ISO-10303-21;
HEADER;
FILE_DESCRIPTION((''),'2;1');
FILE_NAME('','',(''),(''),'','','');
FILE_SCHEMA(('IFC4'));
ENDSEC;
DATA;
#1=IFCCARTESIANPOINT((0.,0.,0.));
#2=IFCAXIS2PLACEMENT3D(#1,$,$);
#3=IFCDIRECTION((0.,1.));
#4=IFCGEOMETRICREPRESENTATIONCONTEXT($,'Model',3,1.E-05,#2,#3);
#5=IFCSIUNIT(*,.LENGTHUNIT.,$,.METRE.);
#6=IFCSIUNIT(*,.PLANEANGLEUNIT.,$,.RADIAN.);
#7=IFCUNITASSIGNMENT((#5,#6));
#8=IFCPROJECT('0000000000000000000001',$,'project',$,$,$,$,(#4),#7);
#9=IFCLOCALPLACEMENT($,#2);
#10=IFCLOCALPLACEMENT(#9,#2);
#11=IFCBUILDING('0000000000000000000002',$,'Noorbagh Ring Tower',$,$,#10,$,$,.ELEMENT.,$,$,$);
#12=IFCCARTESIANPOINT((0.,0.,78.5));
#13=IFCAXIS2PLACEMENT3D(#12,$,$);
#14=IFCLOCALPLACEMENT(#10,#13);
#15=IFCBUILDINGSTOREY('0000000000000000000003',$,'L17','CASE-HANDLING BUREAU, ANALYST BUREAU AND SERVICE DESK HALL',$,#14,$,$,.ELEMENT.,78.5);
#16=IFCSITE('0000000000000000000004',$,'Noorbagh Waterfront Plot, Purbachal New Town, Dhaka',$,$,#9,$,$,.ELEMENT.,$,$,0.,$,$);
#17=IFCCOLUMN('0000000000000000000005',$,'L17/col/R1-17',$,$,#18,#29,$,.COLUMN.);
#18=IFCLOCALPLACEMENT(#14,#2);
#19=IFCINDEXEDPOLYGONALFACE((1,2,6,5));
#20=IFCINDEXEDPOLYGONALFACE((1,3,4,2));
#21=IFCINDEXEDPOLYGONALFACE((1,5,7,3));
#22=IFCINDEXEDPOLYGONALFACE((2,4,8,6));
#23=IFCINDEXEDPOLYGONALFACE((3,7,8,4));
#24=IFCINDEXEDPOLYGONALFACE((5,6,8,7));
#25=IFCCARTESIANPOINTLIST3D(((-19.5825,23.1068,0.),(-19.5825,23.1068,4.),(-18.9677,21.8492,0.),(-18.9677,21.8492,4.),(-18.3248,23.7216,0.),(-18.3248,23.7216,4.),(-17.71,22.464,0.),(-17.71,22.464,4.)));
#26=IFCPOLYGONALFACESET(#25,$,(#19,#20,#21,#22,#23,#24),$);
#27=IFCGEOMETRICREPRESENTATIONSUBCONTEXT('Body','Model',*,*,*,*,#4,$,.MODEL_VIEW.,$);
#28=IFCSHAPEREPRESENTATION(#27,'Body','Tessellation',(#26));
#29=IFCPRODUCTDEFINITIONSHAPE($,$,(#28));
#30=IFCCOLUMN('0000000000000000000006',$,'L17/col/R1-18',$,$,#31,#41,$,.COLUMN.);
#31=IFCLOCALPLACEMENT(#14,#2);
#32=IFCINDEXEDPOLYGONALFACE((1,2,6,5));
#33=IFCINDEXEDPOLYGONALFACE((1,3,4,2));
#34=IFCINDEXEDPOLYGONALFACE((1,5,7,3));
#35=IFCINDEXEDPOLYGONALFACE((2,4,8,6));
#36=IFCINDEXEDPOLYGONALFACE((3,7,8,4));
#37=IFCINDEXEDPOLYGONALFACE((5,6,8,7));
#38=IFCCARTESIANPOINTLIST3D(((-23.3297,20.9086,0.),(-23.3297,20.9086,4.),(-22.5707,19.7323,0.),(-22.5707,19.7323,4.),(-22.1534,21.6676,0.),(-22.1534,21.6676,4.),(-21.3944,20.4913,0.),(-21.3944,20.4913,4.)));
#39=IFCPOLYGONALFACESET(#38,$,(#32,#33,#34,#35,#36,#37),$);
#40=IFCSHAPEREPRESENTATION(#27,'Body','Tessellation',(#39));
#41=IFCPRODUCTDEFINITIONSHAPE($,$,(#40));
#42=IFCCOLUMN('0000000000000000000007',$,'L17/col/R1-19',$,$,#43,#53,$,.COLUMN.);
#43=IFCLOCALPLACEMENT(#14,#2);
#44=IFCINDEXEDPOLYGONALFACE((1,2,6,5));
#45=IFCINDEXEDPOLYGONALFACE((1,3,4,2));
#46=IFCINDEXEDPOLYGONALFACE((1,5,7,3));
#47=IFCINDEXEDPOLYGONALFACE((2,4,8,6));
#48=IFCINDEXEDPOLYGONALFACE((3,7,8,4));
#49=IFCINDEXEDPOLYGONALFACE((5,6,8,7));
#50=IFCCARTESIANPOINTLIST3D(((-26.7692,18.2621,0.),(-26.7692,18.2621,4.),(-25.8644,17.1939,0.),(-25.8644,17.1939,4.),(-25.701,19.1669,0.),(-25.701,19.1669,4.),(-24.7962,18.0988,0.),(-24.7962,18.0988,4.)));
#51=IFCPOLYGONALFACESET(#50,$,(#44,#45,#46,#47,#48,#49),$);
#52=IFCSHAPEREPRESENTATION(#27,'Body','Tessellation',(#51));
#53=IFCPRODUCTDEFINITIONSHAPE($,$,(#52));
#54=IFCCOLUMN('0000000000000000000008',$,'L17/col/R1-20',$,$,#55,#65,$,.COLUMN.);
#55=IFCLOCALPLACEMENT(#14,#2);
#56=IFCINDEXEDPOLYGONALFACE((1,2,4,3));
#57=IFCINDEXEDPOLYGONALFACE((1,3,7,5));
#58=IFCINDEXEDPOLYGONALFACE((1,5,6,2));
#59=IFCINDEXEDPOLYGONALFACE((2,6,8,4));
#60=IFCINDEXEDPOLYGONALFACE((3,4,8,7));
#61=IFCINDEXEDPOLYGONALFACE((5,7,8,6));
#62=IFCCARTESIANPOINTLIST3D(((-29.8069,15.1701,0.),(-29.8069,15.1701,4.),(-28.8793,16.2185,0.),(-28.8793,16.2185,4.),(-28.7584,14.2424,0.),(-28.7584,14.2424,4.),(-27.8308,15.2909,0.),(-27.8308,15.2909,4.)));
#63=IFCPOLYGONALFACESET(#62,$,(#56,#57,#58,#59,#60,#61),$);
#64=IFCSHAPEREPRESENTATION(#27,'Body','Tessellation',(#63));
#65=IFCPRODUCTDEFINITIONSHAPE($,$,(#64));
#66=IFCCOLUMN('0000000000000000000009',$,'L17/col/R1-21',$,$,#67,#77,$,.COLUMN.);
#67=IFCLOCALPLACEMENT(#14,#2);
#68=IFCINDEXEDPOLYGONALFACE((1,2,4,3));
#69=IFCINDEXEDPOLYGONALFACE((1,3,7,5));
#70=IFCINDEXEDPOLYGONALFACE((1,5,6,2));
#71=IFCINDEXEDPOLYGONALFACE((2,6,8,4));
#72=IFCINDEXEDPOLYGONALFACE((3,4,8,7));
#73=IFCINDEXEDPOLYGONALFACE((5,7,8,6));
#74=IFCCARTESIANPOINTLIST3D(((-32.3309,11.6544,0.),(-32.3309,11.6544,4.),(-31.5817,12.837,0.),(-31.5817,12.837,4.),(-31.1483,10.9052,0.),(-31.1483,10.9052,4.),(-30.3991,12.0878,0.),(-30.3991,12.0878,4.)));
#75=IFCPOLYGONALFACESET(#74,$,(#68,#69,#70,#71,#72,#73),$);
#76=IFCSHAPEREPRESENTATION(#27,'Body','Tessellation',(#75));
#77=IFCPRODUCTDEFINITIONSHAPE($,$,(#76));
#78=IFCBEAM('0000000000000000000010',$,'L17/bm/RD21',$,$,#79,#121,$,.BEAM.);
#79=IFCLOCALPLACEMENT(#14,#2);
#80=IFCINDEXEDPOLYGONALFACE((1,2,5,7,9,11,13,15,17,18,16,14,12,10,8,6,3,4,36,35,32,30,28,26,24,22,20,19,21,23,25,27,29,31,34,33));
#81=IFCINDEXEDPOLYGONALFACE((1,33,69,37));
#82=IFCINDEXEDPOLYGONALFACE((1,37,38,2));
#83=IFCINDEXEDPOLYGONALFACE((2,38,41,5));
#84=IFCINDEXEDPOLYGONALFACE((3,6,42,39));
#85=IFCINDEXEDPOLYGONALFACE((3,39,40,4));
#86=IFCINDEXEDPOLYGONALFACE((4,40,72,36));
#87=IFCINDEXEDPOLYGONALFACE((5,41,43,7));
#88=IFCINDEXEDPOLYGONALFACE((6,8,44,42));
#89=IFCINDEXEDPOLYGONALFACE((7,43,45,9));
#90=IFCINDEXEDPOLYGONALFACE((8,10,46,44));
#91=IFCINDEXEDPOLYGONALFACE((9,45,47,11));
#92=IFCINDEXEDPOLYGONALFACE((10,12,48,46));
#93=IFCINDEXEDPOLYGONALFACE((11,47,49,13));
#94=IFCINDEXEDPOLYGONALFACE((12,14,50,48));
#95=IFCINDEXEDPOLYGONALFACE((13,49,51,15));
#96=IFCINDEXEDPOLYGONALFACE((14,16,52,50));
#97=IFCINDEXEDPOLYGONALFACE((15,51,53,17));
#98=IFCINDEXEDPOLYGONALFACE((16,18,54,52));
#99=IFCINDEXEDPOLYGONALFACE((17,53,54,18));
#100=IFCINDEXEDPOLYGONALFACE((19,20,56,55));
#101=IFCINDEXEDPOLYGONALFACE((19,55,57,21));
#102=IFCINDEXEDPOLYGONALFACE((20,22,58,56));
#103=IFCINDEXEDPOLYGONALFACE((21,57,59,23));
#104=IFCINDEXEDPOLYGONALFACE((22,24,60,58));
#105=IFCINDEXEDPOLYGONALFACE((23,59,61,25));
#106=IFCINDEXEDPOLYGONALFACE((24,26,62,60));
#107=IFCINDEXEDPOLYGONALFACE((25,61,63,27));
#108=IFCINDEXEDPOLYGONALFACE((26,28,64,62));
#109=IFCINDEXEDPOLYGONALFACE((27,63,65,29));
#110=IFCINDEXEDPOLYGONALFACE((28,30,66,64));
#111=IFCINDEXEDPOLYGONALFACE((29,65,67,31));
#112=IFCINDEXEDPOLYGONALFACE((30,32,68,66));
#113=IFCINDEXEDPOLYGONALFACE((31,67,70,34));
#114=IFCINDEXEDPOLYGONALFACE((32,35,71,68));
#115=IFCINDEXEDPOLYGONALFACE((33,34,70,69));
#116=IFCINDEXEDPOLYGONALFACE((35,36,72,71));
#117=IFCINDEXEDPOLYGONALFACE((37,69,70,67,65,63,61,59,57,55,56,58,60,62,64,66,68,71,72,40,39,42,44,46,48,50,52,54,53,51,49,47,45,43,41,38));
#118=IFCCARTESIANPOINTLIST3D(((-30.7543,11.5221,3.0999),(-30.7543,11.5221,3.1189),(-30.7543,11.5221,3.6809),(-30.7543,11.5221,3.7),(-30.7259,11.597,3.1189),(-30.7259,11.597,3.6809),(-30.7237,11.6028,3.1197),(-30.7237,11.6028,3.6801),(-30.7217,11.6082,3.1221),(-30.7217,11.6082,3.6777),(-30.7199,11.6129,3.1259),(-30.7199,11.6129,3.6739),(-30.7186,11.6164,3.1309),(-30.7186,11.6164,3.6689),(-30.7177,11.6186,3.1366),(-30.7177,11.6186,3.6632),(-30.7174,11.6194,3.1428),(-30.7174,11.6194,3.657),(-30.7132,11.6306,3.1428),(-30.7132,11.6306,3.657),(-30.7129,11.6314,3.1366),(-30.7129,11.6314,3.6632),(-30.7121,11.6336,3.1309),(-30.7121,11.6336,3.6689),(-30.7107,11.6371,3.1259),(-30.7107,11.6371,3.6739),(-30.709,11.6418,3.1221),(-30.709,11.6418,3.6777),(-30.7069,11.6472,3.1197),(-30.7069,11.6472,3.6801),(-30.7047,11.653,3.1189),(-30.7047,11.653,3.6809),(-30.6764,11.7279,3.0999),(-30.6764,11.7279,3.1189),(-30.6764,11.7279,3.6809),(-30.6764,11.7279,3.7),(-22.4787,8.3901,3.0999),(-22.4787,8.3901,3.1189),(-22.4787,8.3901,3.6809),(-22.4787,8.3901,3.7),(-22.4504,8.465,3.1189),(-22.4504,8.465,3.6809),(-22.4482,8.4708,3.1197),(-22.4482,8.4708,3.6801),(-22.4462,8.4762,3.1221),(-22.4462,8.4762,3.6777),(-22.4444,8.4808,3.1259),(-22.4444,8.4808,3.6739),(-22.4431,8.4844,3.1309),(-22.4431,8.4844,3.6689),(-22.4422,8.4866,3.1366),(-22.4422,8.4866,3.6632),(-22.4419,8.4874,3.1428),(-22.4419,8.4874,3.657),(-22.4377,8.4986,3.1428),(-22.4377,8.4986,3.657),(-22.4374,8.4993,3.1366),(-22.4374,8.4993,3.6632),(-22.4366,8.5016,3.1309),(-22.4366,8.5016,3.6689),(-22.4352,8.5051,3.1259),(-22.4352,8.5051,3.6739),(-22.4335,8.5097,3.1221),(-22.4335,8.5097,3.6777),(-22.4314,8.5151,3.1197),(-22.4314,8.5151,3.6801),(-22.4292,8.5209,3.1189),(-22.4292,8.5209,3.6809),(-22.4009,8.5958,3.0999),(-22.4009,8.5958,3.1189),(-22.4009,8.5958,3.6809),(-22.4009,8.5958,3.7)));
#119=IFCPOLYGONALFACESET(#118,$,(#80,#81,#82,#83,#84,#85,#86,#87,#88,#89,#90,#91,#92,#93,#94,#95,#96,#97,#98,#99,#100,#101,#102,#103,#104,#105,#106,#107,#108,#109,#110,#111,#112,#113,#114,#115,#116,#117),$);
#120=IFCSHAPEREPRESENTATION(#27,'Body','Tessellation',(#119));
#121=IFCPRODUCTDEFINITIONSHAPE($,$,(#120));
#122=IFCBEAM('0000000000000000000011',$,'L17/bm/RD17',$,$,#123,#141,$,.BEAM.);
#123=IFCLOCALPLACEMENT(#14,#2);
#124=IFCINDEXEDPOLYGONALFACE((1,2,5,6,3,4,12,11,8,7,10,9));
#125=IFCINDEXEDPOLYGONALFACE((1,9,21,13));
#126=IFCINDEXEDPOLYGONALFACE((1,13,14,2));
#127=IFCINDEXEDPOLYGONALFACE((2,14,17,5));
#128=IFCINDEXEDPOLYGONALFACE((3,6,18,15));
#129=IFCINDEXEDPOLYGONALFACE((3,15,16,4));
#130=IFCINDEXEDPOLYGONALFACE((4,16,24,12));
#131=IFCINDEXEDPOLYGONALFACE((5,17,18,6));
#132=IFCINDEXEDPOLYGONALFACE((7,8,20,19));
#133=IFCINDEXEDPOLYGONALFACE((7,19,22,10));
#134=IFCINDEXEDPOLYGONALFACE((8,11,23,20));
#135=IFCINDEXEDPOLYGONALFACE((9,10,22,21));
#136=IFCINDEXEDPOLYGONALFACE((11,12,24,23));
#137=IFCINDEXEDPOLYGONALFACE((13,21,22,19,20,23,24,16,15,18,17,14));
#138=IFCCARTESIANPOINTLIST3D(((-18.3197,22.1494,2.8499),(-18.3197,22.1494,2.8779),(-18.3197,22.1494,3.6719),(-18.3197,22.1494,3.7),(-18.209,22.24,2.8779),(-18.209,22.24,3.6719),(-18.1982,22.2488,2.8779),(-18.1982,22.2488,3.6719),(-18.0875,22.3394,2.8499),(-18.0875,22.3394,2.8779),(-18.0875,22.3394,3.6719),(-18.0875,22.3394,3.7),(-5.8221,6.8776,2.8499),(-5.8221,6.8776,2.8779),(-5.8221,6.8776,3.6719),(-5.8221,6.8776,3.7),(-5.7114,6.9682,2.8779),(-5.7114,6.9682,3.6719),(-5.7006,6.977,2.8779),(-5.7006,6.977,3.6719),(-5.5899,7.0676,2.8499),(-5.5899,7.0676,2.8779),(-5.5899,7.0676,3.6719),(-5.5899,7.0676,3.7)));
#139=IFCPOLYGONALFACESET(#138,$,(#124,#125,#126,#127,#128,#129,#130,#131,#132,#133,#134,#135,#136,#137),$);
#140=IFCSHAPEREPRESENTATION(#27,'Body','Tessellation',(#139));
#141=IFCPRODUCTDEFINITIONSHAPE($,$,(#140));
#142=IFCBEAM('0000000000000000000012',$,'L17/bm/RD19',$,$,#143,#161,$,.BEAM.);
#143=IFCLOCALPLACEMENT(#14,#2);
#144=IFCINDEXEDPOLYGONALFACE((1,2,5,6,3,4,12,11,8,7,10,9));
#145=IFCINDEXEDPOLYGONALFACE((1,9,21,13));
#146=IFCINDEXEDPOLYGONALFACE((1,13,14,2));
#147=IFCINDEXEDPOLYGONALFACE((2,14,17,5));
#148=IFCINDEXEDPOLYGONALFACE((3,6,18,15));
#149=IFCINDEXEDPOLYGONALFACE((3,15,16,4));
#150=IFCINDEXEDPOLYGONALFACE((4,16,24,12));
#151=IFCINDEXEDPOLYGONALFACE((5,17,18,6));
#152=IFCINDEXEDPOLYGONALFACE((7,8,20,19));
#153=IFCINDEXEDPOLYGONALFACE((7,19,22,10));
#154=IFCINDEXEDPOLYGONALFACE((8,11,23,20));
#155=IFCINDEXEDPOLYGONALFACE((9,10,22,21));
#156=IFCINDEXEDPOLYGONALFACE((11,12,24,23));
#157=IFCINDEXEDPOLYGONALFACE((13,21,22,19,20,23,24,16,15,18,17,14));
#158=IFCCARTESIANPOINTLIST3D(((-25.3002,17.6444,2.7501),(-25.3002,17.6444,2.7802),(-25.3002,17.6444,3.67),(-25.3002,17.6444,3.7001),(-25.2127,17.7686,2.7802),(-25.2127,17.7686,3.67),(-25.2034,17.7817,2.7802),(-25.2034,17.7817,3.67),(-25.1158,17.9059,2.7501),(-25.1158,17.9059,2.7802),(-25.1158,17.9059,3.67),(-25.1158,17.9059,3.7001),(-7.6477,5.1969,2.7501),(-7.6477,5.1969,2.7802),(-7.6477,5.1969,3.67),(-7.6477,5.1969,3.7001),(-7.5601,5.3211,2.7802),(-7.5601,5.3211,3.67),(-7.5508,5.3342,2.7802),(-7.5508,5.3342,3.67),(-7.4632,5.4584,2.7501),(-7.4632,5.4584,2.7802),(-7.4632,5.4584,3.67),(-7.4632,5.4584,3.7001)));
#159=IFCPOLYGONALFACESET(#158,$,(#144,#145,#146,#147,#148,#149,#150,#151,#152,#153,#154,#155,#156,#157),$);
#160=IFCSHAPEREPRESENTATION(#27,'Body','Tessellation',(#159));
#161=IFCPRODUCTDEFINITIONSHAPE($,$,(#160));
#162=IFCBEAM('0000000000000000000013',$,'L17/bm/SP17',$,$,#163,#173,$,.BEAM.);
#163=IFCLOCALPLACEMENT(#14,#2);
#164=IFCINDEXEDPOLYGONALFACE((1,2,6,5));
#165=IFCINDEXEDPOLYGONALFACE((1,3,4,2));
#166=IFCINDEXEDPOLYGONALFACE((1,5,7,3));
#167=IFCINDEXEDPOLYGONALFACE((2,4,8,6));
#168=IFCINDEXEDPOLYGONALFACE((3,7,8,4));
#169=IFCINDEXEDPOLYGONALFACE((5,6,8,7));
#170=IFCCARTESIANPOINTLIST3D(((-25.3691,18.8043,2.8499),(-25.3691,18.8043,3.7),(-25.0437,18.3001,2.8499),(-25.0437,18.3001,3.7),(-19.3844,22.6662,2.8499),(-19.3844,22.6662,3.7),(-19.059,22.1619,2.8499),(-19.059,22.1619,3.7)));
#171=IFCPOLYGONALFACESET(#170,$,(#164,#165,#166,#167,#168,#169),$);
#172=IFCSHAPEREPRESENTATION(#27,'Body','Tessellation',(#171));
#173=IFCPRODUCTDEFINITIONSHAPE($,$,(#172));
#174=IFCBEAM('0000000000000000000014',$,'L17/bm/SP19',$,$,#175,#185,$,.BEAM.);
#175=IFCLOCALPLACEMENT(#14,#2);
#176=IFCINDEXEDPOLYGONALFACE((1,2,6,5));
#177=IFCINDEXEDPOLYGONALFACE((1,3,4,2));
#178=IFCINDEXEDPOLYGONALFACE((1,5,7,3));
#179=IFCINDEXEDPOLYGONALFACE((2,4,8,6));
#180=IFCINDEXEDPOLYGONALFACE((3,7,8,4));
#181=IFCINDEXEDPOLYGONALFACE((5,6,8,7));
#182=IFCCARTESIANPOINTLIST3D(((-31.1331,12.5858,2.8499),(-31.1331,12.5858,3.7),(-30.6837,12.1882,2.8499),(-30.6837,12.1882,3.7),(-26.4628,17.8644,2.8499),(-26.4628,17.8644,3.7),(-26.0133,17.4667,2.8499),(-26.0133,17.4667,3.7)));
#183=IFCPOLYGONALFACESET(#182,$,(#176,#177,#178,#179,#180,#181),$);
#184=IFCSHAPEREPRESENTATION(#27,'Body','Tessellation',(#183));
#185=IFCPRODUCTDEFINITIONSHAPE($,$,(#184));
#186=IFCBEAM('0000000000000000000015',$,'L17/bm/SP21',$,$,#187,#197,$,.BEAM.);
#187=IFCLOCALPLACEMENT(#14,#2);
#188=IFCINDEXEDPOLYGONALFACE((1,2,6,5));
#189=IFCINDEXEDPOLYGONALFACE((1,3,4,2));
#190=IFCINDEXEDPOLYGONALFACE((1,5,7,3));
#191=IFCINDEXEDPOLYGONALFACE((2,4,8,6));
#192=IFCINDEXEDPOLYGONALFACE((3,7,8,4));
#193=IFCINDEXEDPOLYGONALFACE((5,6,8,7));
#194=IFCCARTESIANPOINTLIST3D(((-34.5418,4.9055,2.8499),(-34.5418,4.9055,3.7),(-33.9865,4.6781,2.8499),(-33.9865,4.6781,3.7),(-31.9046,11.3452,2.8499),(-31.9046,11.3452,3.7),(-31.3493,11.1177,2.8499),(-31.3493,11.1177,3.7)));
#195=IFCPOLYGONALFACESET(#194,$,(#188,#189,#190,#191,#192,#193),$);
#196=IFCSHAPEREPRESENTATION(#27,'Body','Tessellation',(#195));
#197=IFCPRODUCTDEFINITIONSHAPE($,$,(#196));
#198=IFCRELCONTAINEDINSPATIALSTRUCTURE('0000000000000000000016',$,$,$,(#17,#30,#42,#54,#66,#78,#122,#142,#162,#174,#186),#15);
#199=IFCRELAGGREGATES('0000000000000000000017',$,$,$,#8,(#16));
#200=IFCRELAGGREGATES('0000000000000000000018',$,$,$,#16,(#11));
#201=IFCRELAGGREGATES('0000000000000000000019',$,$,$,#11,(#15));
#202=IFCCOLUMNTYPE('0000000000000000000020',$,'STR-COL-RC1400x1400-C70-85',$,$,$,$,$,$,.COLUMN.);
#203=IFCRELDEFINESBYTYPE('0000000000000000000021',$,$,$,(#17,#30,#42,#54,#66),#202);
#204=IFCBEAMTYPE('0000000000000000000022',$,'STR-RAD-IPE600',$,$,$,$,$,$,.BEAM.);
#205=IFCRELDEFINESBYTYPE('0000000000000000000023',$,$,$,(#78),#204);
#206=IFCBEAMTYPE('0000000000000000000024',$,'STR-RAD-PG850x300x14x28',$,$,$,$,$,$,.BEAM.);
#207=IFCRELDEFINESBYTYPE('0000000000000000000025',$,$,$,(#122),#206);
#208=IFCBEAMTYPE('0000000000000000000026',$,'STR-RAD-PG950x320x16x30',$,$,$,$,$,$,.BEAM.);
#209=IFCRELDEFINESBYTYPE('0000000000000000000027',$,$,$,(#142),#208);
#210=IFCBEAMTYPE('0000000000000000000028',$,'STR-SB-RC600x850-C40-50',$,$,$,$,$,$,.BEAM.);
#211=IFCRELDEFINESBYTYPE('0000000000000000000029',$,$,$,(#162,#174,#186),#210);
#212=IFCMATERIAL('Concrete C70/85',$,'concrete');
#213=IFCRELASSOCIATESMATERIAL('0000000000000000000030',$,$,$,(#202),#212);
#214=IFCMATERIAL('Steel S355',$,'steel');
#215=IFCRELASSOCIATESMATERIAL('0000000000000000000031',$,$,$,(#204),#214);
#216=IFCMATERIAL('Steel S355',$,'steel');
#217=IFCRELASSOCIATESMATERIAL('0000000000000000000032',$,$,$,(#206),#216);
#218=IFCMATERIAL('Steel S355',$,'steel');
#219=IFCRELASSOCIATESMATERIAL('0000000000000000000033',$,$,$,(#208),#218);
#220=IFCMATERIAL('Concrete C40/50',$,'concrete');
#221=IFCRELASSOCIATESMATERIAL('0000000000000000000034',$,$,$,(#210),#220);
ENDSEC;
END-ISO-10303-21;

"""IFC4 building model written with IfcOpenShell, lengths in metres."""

from ifc_helpers import new_model, si_unit, direction, frame, origin, origin_2d, place, context, subcontext, project, spatial, rectangle, i_section, extrude, material, material_profile, profile_set, type_object, element, save


model = new_model("IFC4")

# Units and contexts
model_context = context("Model", 3, precision=1e-05, world=origin(), true_north=direction((0.0, 1.0)))
body_context = subcontext(model_context, "Body", "Model", "MODEL_VIEW")
ifc_project = project(units=[si_unit("LENGTHUNIT", "METRE"), si_unit("PLANEANGLEUNIT", "RADIAN")], contexts=[model_context])

# Site, building, storey
site_placement = place(None, origin())
site = spatial("IfcSite", under=ifc_project, at=site_placement, Name="Noorbagh Waterfront Plot, Purbachal New Town, Dhaka", CompositionType="ELEMENT", RefElevation=0.0)
building_placement = place(site_placement, origin())
building = spatial("IfcBuilding", under=site, at=building_placement, Name="Noorbagh Ring Tower", CompositionType="ELEMENT")
storey_placement = place(building_placement, frame((0.0, 0.0, 78.5)))
storey = spatial("IfcBuildingStorey", under=building, at=storey_placement, Name="L17", Description="CASE-HANDLING BUREAU, ANALYST BUREAU AND SERVICE DESK HALL", CompositionType="ELEMENT", Elevation=78.5)

# Columns
ifc_material_1 = material(Name="Concrete C70/85", Category="concrete")
ifc_material_profile_1 = material_profile(ifc_material_1, rectangle(XDim=1.3999, YDim=1.3999, at=origin_2d()), Name="RC1400x1400")
ifc_profile_set_1 = profile_set([ifc_material_profile_1], Name="Concrete C70/85")
column_type = type_object("IfcColumnType", Name="STR-COL-RC1400x1400-C70-85", PredefinedType="COLUMN", material=ifc_profile_set_1)
for number, where, z_axis, x_axis, name in (
    (1, (-18.6462, 22.7854, 0.0), (0.0, 0.0, 1.0), (-0.898399, -0.43918, 0.0), "L17/col/R1-17"),
    (2, (-22.3621, 20.7, 0.0), (0.0, 0.0, 1.0), (-0.840248, -0.542203, 0.0), "L17/col/R1-18"),
    (3, (-25.7827, 18.1804, 0.0), (0.0, 0.0, 1.0), (-0.763035, -0.646357, 0.0), "L17/col/R1-19"),
    (4, (-28.8188, 15.2305, 0.0), (0.0, 0.0, 1.0), (-0.662636, -0.748942, 0.0), "L17/col/R1-20"),
    (5, (-31.365, 11.8711, 0.0), (0.0, 0.0, 1.0), (-0.53519, -0.844731, 0.0), "L17/col/R1-21"),
):
    element("IfcColumn", number, at=place(storey_placement, frame(where, z_axis=z_axis, x_axis=x_axis)), inside=storey, type_object=column_type, Name=name, PredefinedType="COLUMN", context=body_context, shape_type="SweptSolid", body=[
        extrude(rectangle(XDim=1.3999, YDim=1.3999, at=origin_2d()), origin(), (0.0, 0.0, 1.0), 4.0),
    ])

# Beams
ifc_material_2 = material(Name="Steel S355", Category="steel")
ifc_material_profile_2 = material_profile(ifc_material_2, i_section(OverallWidth=0.22, OverallDepth=0.6001, WebThickness=0.012, FlangeThickness=0.019, FilletRadius=0.0239, at=origin_2d()), Name="IPE600")
ifc_profile_set_2 = profile_set([ifc_material_profile_2], Name="Steel S355")
beam_type_1 = type_object("IfcBeamType", Name="STR-RAD-IPE600", PredefinedType="BEAM", material=ifc_profile_set_2)
beam_1_placement = place(storey_placement, frame((-30.7153, 11.625, 3.3999), z_axis=(0.935258, -0.353967, 0.0), x_axis=(0.353967, 0.935258, 0.0)))
element("IfcBeam", 6, at=beam_1_placement, inside=storey, type_object=beam_type_1, Name="L17/bm/RD21", PredefinedType="BEAM", context=body_context, shape_type="SweptSolid", body=[
    extrude(i_section(OverallWidth=0.22, OverallDepth=0.6001, WebThickness=0.012, FlangeThickness=0.019, FilletRadius=0.0239, at=origin_2d()), origin(), (0.0, 0.0, 1.0), 8.8484),
])
ifc_material_3 = material(Name="Steel S355", Category="steel")
ifc_material_profile_3 = material_profile(ifc_material_3, i_section(OverallWidth=0.3, OverallDepth=0.8501, WebThickness=0.0139, FlangeThickness=0.0281, at=origin_2d()), Name="PG850x300x14x28")
ifc_profile_set_3 = profile_set([ifc_material_profile_3], Name="Steel S355")
beam_type_2 = type_object("IfcBeamType", Name="STR-RAD-PG850x300x14x28", PredefinedType="BEAM", material=ifc_profile_set_3)
beam_2_placement = place(storey_placement, frame((-18.2036, 22.2444, 3.2749), z_axis=(0.633314, -0.773895, 0.0), x_axis=(0.773895, 0.633314, 0.0)))
element("IfcBeam", 7, at=beam_2_placement, inside=storey, type_object=beam_type_2, Name="L17/bm/RD17", PredefinedType="BEAM", context=body_context, shape_type="SweptSolid", body=[
    extrude(i_section(OverallWidth=0.3, OverallDepth=0.8501, WebThickness=0.0139, FlangeThickness=0.0281, at=origin_2d()), origin(), (0.0, 0.0, 1.0), 19.7336),
])
ifc_material_4 = material(Name="Steel S355", Category="steel")
ifc_material_profile_4 = material_profile(ifc_material_4, i_section(OverallWidth=0.3201, OverallDepth=0.95, WebThickness=0.0161, FlangeThickness=0.03, at=origin_2d()), Name="PG950x320x16x30")
ifc_profile_set_4 = profile_set([ifc_material_profile_4], Name="Steel S355")
beam_type_3 = type_object("IfcBeamType", Name="STR-RAD-PG950x320x16x30", PredefinedType="BEAM", material=ifc_profile_set_4)
beam_3_placement = place(storey_placement, frame((-25.208, 17.7751, 3.2251), z_axis=(0.817254, -0.576277, 0.0), x_axis=(0.576277, 0.817254, 0.0)))
element("IfcBeam", 8, at=beam_3_placement, inside=storey, type_object=beam_type_3, Name="L17/bm/RD19", PredefinedType="BEAM", context=body_context, shape_type="SweptSolid", body=[
    extrude(i_section(OverallWidth=0.3201, OverallDepth=0.95, WebThickness=0.0161, FlangeThickness=0.03, at=origin_2d()), origin(), (0.0, 0.0, 1.0), 21.5999),
])
ifc_material_5 = material(Name="Concrete C40/50", Category="concrete")
ifc_material_profile_5 = material_profile(ifc_material_5, rectangle(XDim=0.6001, YDim=0.8501, at=origin_2d()), Name="RC600x850")
ifc_profile_set_5 = profile_set([ifc_material_profile_5], Name="Concrete C40/50")
beam_type_4 = type_object("IfcBeamType", Name="STR-SB-RC600x850-C40-50", PredefinedType="BEAM", material=ifc_profile_set_5)
beam_4_placement = place(storey_placement, frame((-19.2217, 22.4141, 3.2749), z_axis=(-0.840247, -0.542203, 0.0), x_axis=(0.542203, -0.840247, 0.0)))
element("IfcBeam", 9, at=beam_4_placement, inside=storey, type_object=beam_type_4, Name="L17/bm/SP17", PredefinedType="BEAM", context=body_context, shape_type="SweptSolid", body=[
    extrude(rectangle(XDim=0.6001, YDim=0.8501, at=origin_2d()), origin(), (0.0, 0.0, 1.0), 7.1226),
])
beam_5_placement = place(storey_placement, frame((-26.238, 17.6655, 3.2749), z_axis=(-0.662646, -0.748932, 0.0), x_axis=(0.748932, -0.662646, 0.0)))
element("IfcBeam", 10, at=beam_5_placement, inside=storey, type_object=beam_type_4, Name="L17/bm/SP19", PredefinedType="BEAM", context=body_context, shape_type="SweptSolid", body=[
    extrude(rectangle(XDim=0.6001, YDim=0.8501, at=origin_2d()), origin(), (0.0, 0.0, 1.0), 7.0481),
])
beam_6_placement = place(storey_placement, frame((-31.627, 11.2314, 3.2749), z_axis=(-0.378976, -0.925407, 0.0), x_axis=(0.925407, -0.378976, 0.0)))
element("IfcBeam", 11, at=beam_6_placement, inside=storey, type_object=beam_type_4, Name="L17/bm/SP21", PredefinedType="BEAM", context=body_context, shape_type="SweptSolid", body=[
    extrude(rectangle(XDim=0.6001, YDim=0.8501, at=origin_2d()), origin(), (0.0, 0.0, 1.0), 6.9587),
])

save(model, "model.ifc")
